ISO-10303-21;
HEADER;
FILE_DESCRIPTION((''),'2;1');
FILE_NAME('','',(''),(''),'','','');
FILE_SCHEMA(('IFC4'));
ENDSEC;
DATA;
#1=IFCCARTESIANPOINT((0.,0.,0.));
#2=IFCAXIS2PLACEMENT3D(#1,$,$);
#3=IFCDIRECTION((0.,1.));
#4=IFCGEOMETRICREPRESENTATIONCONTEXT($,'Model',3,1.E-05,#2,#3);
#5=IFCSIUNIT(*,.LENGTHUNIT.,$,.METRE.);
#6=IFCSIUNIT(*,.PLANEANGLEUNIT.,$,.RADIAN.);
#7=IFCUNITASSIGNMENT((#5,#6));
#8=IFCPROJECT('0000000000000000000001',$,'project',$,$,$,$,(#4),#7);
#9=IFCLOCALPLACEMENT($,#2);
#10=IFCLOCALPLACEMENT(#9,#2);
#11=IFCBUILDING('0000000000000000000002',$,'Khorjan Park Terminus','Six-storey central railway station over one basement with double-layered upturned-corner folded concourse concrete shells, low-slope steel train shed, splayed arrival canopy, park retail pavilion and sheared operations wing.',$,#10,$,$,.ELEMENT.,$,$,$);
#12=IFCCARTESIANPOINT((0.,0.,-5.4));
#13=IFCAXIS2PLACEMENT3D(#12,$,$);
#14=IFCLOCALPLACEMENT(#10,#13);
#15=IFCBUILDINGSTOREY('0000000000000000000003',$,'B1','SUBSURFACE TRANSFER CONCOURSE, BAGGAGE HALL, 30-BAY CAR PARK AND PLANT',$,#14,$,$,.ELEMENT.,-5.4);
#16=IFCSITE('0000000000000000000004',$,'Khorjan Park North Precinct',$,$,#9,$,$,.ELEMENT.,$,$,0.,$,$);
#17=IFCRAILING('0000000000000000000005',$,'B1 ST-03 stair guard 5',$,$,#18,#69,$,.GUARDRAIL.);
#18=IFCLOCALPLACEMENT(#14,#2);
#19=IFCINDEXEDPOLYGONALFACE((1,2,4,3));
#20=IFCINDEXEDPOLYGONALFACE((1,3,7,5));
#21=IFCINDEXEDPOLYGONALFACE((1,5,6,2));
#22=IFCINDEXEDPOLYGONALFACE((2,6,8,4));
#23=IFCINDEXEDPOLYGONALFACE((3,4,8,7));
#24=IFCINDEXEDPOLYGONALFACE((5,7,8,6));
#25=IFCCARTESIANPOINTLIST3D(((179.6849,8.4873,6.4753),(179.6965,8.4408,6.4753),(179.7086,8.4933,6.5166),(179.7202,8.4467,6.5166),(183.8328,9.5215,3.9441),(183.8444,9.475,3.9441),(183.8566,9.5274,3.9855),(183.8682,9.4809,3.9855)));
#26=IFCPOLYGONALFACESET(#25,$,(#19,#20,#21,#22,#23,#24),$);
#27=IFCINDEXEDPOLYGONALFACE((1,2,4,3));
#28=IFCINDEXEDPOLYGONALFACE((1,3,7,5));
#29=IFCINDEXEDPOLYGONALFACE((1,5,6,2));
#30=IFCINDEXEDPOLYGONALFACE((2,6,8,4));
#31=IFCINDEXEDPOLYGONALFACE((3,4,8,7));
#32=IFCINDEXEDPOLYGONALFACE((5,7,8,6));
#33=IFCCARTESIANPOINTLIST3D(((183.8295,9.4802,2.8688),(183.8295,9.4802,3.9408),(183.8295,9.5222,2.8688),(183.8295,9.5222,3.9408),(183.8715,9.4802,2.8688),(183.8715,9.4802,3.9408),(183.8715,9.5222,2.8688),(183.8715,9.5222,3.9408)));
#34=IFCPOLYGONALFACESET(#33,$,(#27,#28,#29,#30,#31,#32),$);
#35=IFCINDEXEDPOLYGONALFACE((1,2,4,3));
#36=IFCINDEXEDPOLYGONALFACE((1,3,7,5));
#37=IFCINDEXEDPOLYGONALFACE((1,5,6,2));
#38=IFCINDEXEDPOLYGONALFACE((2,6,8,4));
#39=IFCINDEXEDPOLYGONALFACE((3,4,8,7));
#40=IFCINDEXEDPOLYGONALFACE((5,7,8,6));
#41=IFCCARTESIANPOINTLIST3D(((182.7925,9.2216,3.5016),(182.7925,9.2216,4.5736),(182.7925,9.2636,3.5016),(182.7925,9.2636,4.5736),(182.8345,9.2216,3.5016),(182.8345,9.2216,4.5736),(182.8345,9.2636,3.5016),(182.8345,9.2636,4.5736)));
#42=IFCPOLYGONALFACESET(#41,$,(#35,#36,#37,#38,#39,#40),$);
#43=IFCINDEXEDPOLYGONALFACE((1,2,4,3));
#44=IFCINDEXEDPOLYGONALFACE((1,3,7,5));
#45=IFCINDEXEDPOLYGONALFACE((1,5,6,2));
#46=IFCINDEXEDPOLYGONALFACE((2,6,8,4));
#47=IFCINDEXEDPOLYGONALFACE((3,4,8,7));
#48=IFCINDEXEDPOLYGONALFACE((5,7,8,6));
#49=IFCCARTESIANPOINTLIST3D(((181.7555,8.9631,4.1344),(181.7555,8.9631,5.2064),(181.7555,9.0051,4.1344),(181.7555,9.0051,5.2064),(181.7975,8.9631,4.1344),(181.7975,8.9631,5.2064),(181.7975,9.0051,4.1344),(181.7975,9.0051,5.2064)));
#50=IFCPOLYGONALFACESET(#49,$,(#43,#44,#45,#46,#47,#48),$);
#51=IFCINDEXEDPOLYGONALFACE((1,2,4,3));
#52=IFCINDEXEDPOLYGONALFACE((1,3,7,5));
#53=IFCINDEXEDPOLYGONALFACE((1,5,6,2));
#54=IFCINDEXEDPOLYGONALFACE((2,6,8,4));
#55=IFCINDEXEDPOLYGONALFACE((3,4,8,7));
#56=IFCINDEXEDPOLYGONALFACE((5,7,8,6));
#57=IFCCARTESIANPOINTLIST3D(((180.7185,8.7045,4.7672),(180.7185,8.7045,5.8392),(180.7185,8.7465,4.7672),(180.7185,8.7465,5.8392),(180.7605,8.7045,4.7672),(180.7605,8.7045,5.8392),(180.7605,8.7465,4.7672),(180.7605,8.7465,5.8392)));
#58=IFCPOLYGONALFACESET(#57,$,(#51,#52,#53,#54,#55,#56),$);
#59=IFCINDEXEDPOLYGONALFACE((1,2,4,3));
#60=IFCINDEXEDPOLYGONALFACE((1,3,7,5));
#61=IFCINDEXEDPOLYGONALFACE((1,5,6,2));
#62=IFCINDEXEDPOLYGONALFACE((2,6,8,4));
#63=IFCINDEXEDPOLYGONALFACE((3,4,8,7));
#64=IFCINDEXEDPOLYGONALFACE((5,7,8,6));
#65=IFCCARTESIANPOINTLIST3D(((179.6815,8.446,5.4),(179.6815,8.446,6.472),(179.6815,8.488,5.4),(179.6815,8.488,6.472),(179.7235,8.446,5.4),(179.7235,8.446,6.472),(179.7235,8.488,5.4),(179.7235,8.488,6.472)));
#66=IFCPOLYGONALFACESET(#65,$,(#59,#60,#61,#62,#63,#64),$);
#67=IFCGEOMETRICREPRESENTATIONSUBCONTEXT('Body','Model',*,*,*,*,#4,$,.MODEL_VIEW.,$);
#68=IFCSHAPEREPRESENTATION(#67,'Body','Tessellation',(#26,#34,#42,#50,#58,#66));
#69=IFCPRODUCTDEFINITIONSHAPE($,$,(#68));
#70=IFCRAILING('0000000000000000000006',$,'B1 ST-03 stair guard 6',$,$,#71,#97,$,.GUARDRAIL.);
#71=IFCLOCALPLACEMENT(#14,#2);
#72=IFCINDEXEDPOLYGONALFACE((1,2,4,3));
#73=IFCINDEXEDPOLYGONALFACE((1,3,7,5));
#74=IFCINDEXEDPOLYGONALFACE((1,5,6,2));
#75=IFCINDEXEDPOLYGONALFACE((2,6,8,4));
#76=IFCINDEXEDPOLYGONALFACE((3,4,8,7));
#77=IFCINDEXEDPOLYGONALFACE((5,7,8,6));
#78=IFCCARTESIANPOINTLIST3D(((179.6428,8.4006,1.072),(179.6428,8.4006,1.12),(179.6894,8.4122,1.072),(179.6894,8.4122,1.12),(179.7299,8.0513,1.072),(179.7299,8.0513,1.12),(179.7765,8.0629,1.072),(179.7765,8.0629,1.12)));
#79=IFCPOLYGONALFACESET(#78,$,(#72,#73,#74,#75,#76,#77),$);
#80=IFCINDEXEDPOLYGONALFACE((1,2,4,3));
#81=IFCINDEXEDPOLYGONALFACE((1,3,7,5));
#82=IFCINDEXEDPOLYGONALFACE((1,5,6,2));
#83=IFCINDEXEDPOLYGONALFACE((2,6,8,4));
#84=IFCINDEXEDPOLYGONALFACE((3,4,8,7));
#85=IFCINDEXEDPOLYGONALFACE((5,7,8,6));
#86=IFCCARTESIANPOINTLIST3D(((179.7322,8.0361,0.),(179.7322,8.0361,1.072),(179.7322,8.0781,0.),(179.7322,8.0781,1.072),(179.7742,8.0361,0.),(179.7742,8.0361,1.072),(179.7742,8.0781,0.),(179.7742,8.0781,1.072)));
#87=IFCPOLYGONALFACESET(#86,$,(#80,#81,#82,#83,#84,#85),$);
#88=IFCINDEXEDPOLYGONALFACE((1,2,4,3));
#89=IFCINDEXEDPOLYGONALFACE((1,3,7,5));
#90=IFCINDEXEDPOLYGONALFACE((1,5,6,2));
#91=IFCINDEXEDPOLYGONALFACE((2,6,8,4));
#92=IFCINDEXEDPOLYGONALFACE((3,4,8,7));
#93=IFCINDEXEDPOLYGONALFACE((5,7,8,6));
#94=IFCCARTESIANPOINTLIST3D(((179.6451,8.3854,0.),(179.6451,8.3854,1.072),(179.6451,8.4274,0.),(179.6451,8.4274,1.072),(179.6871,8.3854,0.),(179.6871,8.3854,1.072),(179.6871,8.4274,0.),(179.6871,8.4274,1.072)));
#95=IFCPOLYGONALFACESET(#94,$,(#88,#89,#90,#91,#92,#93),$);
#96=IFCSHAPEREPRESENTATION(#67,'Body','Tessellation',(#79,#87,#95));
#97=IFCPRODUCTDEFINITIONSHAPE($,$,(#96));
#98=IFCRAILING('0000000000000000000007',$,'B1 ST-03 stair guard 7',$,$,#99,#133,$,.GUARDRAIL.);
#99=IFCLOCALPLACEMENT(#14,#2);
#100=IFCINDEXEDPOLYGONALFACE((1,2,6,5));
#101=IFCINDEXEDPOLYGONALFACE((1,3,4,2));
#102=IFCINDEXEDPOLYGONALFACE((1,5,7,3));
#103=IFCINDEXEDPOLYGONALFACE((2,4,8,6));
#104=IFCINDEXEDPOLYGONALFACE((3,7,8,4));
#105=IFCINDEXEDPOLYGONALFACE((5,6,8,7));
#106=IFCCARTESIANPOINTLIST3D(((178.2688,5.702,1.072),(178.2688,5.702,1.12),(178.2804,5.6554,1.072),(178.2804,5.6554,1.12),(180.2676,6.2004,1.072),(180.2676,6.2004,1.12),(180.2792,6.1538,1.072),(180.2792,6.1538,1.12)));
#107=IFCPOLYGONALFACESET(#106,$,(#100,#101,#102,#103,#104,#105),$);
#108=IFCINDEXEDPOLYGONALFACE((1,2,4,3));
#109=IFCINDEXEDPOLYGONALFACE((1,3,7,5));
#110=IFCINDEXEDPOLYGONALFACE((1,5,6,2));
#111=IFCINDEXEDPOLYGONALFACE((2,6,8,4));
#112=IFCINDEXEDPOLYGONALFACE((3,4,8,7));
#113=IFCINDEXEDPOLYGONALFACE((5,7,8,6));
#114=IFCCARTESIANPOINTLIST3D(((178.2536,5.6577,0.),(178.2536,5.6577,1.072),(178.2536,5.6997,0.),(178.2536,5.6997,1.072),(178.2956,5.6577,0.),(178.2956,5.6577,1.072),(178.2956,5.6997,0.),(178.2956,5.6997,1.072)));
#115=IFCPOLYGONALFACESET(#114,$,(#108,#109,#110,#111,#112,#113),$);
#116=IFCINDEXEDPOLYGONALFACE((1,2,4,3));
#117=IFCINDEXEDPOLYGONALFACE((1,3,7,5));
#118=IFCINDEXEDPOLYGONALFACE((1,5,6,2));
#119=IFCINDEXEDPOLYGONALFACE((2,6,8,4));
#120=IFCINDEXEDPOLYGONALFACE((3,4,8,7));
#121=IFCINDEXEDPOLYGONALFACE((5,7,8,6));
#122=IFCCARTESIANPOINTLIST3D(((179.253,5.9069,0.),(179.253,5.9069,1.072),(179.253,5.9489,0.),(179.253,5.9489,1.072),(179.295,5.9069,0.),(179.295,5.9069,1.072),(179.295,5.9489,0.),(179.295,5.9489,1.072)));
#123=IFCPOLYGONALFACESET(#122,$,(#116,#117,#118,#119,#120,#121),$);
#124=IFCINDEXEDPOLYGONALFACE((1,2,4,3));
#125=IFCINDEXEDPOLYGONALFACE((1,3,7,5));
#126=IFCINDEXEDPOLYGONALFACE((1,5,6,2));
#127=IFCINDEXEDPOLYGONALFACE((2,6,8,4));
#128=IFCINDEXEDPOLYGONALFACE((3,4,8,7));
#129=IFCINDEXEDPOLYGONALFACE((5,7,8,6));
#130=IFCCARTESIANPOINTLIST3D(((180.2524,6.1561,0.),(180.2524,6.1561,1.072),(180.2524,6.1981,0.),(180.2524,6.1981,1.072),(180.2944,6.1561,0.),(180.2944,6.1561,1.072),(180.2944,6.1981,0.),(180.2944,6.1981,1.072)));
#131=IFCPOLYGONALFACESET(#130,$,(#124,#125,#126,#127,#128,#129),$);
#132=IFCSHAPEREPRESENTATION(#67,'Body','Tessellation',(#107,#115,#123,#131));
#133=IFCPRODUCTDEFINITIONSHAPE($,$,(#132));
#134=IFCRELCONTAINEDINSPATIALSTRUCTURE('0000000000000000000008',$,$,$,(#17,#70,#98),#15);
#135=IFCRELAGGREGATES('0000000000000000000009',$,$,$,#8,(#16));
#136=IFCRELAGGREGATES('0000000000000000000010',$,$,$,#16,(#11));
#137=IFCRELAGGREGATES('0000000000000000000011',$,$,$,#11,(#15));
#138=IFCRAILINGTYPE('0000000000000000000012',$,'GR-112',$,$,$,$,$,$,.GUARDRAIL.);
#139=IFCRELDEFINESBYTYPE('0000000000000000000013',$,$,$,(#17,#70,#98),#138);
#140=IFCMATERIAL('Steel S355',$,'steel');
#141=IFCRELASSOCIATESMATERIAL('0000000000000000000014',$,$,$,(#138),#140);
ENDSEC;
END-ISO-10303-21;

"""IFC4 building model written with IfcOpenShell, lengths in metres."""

from ifc_helpers import new_model, si_unit, direction, frame, origin, origin_2d, place, context, subcontext, project, spatial, rectangle, extrude, material, type_object, element, save


model = new_model("IFC4")

# Units and contexts
model_context = context("Model", 3, precision=1e-05, world=origin(), true_north=direction((0.0, 1.0)))
body_context = subcontext(model_context, "Body", "Model", "MODEL_VIEW")
ifc_project = project(units=[si_unit("LENGTHUNIT", "METRE"), si_unit("PLANEANGLEUNIT", "RADIAN")], contexts=[model_context])

# Site, building, storey
site_placement = place(None, origin())
site = spatial("IfcSite", under=ifc_project, at=site_placement, Name="Khorjan Park North Precinct", CompositionType="ELEMENT", RefElevation=0.0)
building_placement = place(site_placement, origin())
building = spatial("IfcBuilding", under=site, at=building_placement, Name="Khorjan Park Terminus", Description="Six-storey central railway station over one basement with double-layered upturned-corner folded concourse concrete shells, low-slope steel train shed, splayed arrival canopy, park retail pavilion and sheared operations wing.", CompositionType="ELEMENT")
storey_placement = place(building_placement, frame((0.0, 0.0, -5.4)))
storey = spatial("IfcBuildingStorey", under=building, at=storey_placement, Name="B1", Description="SUBSURFACE TRANSFER CONCOURSE, BAGGAGE HALL, 30-BAY CAR PARK AND PLANT", CompositionType="ELEMENT", Elevation=-5.4)

# Railings
ifc_material_1 = material(Name="Steel S355", Category="steel")
railing_type_1 = type_object("IfcRailingType", Name="GR-112", PredefinedType="GUARDRAIL", material=ifc_material_1)
railing_1_placement = place(storey_placement, frame((183.8505, 9.5012, 2.8688)))
element("IfcRailing", 1, at=railing_1_placement, inside=storey, type_object=railing_type_1, Name="B1 ST-03 stair guard 5", PredefinedType="GUARDRAIL", context=body_context, shape_type="SweptSolid", body=[
    extrude(rectangle(XDim=0.048, YDim=0.048, at=origin_2d()), frame((0.0, 0.0, 1.096), z_axis=(-0.83492, -0.208166, 0.509486), x_axis=(0.241919, -0.970296, 0.0)), (0.0, 0.0, 1.0), 4.9681),
    extrude(rectangle(XDim=0.042, YDim=0.042, at=origin_2d()), origin(), (0.0, 0.0, 1.0), 1.072),
    extrude(rectangle(XDim=0.042, YDim=0.042, at=origin_2d()), frame((-1.037, -0.2586, 0.6328)), (0.0, 0.0, 1.0), 1.072),
    extrude(rectangle(XDim=0.042, YDim=0.042, at=origin_2d()), frame((-2.074, -0.5171, 1.2656)), (0.0, 0.0, 1.0), 1.072),
    extrude(rectangle(XDim=0.042, YDim=0.042, at=origin_2d()), frame((-3.111, -0.7757, 1.8984)), (0.0, 0.0, 1.0), 1.072),
    extrude(rectangle(XDim=0.042, YDim=0.042, at=origin_2d()), frame((-4.148, -1.0342, 2.5312)), (0.0, 0.0, 1.0), 1.072),
])
railing_2_placement = place(storey_placement, frame((179.7532, 8.0571, 0.0)))
element("IfcRailing", 2, at=railing_2_placement, inside=storey, type_object=railing_type_1, Name="B1 ST-03 stair guard 6", PredefinedType="GUARDRAIL", context=body_context, shape_type="SweptSolid", body=[
    extrude(rectangle(XDim=0.048, YDim=0.048, at=origin_2d()), frame((0.0, 0.0, 1.096), z_axis=(-0.241947, 0.970289, 0.0), x_axis=(-0.970289, -0.241947, 0.0)), (0.0, 0.0, 1.0), 0.36),
    extrude(rectangle(XDim=0.042, YDim=0.042, at=origin_2d()), origin(), (0.0, 0.0, 1.0), 1.072),
    extrude(rectangle(XDim=0.042, YDim=0.042, at=origin_2d()), frame((-0.0871, 0.3493, 0.0)), (0.0, 0.0, 1.0), 1.072),
])
railing_3_placement = place(storey_placement, frame((178.2746, 5.6787, 0.0)))
element("IfcRailing", 3, at=railing_3_placement, inside=storey, type_object=railing_type_1, Name="B1 ST-03 stair guard 7", PredefinedType="GUARDRAIL", context=body_context, shape_type="SweptSolid", body=[
    extrude(rectangle(XDim=0.048, YDim=0.048, at=origin_2d()), frame((0.0, 0.0, 1.096), z_axis=(0.970291, 0.241942, 0.0), x_axis=(-0.241942, 0.970291, 0.0)), (0.0, 0.0, 1.0), 2.06),
    extrude(rectangle(XDim=0.042, YDim=0.042, at=origin_2d()), origin(), (0.0, 0.0, 1.0), 1.072),
    extrude(rectangle(XDim=0.042, YDim=0.042, at=origin_2d()), frame((0.9994, 0.2492, 0.0)), (0.0, 0.0, 1.0), 1.072),
    extrude(rectangle(XDim=0.042, YDim=0.042, at=origin_2d()), frame((1.9988, 0.4984, 0.0)), (0.0, 0.0, 1.0), 1.072),
])

save(model, "model.ifc")
